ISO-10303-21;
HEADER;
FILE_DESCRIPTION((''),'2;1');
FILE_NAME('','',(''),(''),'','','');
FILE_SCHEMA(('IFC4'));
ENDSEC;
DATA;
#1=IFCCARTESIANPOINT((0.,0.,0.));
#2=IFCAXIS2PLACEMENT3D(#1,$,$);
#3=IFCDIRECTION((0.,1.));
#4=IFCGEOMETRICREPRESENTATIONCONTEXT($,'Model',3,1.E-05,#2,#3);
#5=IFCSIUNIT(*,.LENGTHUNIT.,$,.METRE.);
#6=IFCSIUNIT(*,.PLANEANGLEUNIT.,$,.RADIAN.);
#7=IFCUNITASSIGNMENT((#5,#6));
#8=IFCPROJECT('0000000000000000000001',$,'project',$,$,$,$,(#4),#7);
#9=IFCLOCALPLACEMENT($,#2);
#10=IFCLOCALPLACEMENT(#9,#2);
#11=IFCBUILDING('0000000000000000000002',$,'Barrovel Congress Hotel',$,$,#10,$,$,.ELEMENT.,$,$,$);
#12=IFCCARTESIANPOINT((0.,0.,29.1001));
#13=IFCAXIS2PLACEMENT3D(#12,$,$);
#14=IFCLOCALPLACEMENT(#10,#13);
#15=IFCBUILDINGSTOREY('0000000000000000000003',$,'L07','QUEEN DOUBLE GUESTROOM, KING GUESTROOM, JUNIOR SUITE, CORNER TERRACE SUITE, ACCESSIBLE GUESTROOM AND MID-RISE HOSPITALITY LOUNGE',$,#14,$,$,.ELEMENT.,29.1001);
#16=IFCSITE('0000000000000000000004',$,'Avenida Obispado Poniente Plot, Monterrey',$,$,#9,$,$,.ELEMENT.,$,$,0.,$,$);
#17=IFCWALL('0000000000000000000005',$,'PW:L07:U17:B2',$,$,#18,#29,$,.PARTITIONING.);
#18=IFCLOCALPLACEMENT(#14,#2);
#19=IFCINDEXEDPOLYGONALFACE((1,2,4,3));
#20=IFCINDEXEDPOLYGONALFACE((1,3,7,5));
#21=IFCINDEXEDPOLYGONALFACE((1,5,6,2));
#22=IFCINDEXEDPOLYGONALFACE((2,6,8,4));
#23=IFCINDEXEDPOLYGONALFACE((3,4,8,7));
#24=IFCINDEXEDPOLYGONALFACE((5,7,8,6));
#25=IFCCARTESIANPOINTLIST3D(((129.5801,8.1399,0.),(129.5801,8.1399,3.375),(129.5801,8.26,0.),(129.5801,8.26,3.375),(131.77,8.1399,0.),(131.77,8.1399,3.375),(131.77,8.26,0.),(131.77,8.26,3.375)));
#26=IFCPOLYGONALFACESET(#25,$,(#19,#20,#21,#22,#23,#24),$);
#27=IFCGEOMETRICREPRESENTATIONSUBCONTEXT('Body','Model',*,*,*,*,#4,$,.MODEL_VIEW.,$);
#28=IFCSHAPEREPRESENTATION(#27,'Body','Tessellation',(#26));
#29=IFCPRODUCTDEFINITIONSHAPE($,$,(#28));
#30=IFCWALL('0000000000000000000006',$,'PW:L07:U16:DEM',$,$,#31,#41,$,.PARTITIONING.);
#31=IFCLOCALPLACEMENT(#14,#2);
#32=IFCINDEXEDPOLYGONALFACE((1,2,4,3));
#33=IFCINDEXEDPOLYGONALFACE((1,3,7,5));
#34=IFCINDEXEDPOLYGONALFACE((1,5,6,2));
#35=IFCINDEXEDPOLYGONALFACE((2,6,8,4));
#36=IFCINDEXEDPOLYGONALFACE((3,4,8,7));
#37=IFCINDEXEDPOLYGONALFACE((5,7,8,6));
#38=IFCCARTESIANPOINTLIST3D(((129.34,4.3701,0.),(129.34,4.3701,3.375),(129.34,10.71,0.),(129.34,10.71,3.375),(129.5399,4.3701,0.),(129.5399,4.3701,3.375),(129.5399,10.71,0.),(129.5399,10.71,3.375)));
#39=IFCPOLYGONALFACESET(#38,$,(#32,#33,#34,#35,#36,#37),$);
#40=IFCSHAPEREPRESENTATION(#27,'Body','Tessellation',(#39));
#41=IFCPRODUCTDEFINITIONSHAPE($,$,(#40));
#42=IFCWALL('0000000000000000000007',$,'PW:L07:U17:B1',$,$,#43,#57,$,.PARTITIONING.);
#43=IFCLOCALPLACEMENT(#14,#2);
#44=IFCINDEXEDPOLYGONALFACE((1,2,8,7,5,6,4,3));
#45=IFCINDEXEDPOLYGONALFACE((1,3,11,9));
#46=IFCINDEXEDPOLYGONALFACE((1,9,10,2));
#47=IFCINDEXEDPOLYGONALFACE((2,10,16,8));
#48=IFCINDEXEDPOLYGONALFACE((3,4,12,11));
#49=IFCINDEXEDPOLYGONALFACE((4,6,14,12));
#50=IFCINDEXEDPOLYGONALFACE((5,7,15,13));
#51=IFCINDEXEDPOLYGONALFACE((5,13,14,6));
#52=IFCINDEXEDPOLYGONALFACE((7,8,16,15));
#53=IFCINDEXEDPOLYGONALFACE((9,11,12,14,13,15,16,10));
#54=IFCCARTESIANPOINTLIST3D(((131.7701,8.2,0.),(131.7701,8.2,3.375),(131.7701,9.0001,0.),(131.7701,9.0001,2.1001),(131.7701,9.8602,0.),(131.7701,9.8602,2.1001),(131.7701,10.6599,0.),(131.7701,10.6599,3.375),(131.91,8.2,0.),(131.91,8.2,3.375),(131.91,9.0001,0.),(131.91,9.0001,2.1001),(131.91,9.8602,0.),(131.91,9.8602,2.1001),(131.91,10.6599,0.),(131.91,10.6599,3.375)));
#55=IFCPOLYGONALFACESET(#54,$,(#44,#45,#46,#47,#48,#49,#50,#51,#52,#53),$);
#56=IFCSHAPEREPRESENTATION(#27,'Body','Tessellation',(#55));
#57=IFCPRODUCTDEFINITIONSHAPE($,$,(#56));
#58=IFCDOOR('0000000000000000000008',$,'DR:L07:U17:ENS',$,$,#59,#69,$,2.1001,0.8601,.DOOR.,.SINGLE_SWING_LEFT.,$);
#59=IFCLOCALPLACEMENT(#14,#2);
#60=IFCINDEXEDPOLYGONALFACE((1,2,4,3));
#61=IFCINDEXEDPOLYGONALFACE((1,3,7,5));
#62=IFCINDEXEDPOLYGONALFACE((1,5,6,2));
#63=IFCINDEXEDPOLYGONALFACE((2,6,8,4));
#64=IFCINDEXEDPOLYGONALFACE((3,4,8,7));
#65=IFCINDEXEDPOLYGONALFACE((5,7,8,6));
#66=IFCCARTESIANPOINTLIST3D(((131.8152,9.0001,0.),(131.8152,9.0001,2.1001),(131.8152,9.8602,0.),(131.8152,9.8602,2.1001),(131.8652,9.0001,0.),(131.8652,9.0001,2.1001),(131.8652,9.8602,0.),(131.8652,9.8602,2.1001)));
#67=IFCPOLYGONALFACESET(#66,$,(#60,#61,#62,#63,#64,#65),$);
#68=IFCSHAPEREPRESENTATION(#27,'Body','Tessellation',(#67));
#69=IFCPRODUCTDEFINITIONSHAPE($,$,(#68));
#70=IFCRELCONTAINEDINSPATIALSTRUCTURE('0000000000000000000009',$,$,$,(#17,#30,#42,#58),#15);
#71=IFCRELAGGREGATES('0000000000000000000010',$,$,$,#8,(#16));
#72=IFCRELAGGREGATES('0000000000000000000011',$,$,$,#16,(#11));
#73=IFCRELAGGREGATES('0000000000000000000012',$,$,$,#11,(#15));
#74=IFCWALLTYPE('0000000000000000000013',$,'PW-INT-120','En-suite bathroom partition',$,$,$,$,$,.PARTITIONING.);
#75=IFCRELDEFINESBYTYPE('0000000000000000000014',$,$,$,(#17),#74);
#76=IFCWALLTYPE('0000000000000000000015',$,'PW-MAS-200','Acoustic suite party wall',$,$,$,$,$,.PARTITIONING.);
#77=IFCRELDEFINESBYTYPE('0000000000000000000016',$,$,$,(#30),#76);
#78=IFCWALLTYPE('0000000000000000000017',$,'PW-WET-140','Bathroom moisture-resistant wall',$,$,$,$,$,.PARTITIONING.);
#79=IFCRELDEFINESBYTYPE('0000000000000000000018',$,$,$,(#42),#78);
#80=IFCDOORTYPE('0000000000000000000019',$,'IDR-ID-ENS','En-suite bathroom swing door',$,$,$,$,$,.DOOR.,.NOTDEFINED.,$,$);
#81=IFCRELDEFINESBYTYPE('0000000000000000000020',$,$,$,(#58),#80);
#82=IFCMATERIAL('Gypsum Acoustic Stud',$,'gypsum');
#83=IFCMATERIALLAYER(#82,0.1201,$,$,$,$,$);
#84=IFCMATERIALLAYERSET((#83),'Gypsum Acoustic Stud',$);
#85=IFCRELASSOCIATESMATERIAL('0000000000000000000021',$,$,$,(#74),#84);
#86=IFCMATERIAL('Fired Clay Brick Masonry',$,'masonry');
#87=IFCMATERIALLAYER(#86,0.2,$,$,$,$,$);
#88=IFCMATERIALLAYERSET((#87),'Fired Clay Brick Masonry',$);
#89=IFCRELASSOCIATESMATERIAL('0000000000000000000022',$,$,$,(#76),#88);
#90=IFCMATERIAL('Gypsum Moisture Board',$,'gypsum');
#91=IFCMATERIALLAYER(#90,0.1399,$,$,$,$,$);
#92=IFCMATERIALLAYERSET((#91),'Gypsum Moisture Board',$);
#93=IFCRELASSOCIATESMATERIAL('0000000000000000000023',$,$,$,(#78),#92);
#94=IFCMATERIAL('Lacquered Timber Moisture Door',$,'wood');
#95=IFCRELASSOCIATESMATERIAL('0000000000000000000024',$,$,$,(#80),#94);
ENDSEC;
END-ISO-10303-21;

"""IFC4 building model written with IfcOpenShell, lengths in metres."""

from ifc_helpers import new_model, si_unit, direction, frame, frame_2d, origin, place, context, subcontext, project, spatial, rectangle, extrude, material, layer, layer_set, type_object, element, fill, save


model = new_model("IFC4")

# Units and contexts
model_context = context("Model", 3, precision=1e-05, world=origin(), true_north=direction((0.0, 1.0)))
body_context = subcontext(model_context, "Body", "Model", "MODEL_VIEW")
ifc_project = project(units=[si_unit("LENGTHUNIT", "METRE"), si_unit("PLANEANGLEUNIT", "RADIAN")], contexts=[model_context])

# Site, building, storey
site_placement = place(None, origin())
site = spatial("IfcSite", under=ifc_project, at=site_placement, Name="Avenida Obispado Poniente Plot, Monterrey", CompositionType="ELEMENT", RefElevation=0.0)
building_placement = place(site_placement, origin())
building = spatial("IfcBuilding", under=site, at=building_placement, Name="Barrovel Congress Hotel", CompositionType="ELEMENT")
storey_placement = place(building_placement, frame((0.0, 0.0, 29.1001)))
storey = spatial("IfcBuildingStorey", under=building, at=storey_placement, Name="L07", Description="QUEEN DOUBLE GUESTROOM, KING GUESTROOM, JUNIOR SUITE, CORNER TERRACE SUITE, ACCESSIBLE GUESTROOM AND MID-RISE HOSPITALITY LOUNGE", CompositionType="ELEMENT", Elevation=29.1001)

# Shared definitions
ifc_material_1 = material(Name="Fired Clay Brick Masonry", Category="masonry")

# Shared definitions
ifc_material_2 = material(Name="Gypsum Acoustic Stud", Category="gypsum")

# Walls
ifc_layer_1 = layer(ifc_material_2, 0.1201)
ifc_layer_set_1 = layer_set([ifc_layer_1], Name="Gypsum Acoustic Stud")
wall_type_1 = type_object("IfcWallType", Name="PW-INT-120", Description="En-suite bathroom partition", PredefinedType="PARTITIONING", material=ifc_layer_set_1)
wall_1_placement = place(storey_placement, frame((129.5801, 8.2, 0.0), z_axis=(0.0, 0.0, 1.0), x_axis=(1.0, 0.0, 0.0)))
element("IfcWall", 1, at=wall_1_placement, inside=storey, type_object=wall_type_1, Name="PW:L07:U17:B2", PredefinedType="PARTITIONING", context=body_context, shape_type="SweptSolid", body=[
    extrude(rectangle(XDim=2.1899, YDim=0.1201, at=frame_2d((1.095, 0.0))), origin(), (0.0, 0.0, 1.0), 3.375),
])
ifc_layer_2 = layer(ifc_material_1, 0.2)
ifc_layer_set_2 = layer_set([ifc_layer_2], Name="Fired Clay Brick Masonry")
wall_type_2 = type_object("IfcWallType", Name="PW-MAS-200", Description="Acoustic suite party wall", PredefinedType="PARTITIONING", material=ifc_layer_set_2)
wall_2_placement = place(storey_placement, frame((129.4399, 4.3701, 0.0), z_axis=(0.0, 0.0, 1.0), x_axis=(0.0, 1.0, 0.0)))
element("IfcWall", 2, at=wall_2_placement, inside=storey, type_object=wall_type_2, Name="PW:L07:U16:DEM", PredefinedType="PARTITIONING", context=body_context, shape_type="SweptSolid", body=[
    extrude(rectangle(XDim=6.3398, YDim=0.2, at=frame_2d((3.1699, 0.0))), origin(), (0.0, 0.0, 1.0), 3.375),
])

# Wall, opening, door
ifc_material_3 = material(Name="Gypsum Moisture Board", Category="gypsum")
ifc_layer_3 = layer(ifc_material_3, 0.1399)
ifc_layer_set_3 = layer_set([ifc_layer_3], Name="Gypsum Moisture Board")
wall_type_3 = type_object("IfcWallType", Name="PW-WET-140", Description="Bathroom moisture-resistant wall", PredefinedType="PARTITIONING", material=ifc_layer_set_3)
wall_3_placement = place(storey_placement, frame((131.8401, 8.2, 0.0), z_axis=(0.0, 0.0, 1.0), x_axis=(0.0, 1.0, 0.0)))
wall_3 = element("IfcWall", 3, at=wall_3_placement, inside=storey, type_object=wall_type_3, Name="PW:L07:U17:B1", PredefinedType="PARTITIONING", context=body_context, shape_type="SweptSolid", body=[
    extrude(rectangle(XDim=2.46, YDim=0.1399, at=frame_2d((1.23, 0.0))), origin(), (0.0, 0.0, 1.0), 3.375),
])
opening_1_placement = place(wall_3_placement, frame((0.8, 0.0, 0.0)))
opening_1 = element("IfcOpeningElement", 4, at=opening_1_placement, cuts=wall_3, PredefinedType="OPENING", context=body_context, shape_type="SweptSolid", body=[
    extrude(rectangle(XDim=0.8601, YDim=2.1001, at=frame_2d((0.4302, 1.05))), frame((0.0, 0.0801, 0.0), z_axis=(0.0, -1.0, 0.0), x_axis=(1.0, 0.0, 0.0)), (0.0, 0.0, 1.0), 0.1599),
])
ifc_material_4 = material(Name="Lacquered Timber Moisture Door", Category="wood")
door_type_1 = type_object("IfcDoorType", Name="IDR-ID-ENS", Description="En-suite bathroom swing door", OperationType="NOTDEFINED", PredefinedType="DOOR", material=ifc_material_4)
door_1_placement = place(opening_1_placement, origin())
door_1 = element("IfcDoor", 5, at=door_1_placement, inside=storey, type_object=door_type_1, Name="DR:L07:U17:ENS", OperationType="SINGLE_SWING_LEFT", OverallHeight=2.1001, OverallWidth=0.8601, PredefinedType="DOOR", context=body_context, shape_type="SweptSolid", body=[
    extrude(rectangle(XDim=0.8601, YDim=2.1001, at=frame_2d((0.4302, 1.05))), frame((0.0, 0.0249, 0.0), z_axis=(0.0, -1.0, 0.0), x_axis=(1.0, 0.0, 0.0)), (0.0, 0.0, 1.0), 0.05),
])
fill(opening_1, door_1)

save(model, "model.ifc")
